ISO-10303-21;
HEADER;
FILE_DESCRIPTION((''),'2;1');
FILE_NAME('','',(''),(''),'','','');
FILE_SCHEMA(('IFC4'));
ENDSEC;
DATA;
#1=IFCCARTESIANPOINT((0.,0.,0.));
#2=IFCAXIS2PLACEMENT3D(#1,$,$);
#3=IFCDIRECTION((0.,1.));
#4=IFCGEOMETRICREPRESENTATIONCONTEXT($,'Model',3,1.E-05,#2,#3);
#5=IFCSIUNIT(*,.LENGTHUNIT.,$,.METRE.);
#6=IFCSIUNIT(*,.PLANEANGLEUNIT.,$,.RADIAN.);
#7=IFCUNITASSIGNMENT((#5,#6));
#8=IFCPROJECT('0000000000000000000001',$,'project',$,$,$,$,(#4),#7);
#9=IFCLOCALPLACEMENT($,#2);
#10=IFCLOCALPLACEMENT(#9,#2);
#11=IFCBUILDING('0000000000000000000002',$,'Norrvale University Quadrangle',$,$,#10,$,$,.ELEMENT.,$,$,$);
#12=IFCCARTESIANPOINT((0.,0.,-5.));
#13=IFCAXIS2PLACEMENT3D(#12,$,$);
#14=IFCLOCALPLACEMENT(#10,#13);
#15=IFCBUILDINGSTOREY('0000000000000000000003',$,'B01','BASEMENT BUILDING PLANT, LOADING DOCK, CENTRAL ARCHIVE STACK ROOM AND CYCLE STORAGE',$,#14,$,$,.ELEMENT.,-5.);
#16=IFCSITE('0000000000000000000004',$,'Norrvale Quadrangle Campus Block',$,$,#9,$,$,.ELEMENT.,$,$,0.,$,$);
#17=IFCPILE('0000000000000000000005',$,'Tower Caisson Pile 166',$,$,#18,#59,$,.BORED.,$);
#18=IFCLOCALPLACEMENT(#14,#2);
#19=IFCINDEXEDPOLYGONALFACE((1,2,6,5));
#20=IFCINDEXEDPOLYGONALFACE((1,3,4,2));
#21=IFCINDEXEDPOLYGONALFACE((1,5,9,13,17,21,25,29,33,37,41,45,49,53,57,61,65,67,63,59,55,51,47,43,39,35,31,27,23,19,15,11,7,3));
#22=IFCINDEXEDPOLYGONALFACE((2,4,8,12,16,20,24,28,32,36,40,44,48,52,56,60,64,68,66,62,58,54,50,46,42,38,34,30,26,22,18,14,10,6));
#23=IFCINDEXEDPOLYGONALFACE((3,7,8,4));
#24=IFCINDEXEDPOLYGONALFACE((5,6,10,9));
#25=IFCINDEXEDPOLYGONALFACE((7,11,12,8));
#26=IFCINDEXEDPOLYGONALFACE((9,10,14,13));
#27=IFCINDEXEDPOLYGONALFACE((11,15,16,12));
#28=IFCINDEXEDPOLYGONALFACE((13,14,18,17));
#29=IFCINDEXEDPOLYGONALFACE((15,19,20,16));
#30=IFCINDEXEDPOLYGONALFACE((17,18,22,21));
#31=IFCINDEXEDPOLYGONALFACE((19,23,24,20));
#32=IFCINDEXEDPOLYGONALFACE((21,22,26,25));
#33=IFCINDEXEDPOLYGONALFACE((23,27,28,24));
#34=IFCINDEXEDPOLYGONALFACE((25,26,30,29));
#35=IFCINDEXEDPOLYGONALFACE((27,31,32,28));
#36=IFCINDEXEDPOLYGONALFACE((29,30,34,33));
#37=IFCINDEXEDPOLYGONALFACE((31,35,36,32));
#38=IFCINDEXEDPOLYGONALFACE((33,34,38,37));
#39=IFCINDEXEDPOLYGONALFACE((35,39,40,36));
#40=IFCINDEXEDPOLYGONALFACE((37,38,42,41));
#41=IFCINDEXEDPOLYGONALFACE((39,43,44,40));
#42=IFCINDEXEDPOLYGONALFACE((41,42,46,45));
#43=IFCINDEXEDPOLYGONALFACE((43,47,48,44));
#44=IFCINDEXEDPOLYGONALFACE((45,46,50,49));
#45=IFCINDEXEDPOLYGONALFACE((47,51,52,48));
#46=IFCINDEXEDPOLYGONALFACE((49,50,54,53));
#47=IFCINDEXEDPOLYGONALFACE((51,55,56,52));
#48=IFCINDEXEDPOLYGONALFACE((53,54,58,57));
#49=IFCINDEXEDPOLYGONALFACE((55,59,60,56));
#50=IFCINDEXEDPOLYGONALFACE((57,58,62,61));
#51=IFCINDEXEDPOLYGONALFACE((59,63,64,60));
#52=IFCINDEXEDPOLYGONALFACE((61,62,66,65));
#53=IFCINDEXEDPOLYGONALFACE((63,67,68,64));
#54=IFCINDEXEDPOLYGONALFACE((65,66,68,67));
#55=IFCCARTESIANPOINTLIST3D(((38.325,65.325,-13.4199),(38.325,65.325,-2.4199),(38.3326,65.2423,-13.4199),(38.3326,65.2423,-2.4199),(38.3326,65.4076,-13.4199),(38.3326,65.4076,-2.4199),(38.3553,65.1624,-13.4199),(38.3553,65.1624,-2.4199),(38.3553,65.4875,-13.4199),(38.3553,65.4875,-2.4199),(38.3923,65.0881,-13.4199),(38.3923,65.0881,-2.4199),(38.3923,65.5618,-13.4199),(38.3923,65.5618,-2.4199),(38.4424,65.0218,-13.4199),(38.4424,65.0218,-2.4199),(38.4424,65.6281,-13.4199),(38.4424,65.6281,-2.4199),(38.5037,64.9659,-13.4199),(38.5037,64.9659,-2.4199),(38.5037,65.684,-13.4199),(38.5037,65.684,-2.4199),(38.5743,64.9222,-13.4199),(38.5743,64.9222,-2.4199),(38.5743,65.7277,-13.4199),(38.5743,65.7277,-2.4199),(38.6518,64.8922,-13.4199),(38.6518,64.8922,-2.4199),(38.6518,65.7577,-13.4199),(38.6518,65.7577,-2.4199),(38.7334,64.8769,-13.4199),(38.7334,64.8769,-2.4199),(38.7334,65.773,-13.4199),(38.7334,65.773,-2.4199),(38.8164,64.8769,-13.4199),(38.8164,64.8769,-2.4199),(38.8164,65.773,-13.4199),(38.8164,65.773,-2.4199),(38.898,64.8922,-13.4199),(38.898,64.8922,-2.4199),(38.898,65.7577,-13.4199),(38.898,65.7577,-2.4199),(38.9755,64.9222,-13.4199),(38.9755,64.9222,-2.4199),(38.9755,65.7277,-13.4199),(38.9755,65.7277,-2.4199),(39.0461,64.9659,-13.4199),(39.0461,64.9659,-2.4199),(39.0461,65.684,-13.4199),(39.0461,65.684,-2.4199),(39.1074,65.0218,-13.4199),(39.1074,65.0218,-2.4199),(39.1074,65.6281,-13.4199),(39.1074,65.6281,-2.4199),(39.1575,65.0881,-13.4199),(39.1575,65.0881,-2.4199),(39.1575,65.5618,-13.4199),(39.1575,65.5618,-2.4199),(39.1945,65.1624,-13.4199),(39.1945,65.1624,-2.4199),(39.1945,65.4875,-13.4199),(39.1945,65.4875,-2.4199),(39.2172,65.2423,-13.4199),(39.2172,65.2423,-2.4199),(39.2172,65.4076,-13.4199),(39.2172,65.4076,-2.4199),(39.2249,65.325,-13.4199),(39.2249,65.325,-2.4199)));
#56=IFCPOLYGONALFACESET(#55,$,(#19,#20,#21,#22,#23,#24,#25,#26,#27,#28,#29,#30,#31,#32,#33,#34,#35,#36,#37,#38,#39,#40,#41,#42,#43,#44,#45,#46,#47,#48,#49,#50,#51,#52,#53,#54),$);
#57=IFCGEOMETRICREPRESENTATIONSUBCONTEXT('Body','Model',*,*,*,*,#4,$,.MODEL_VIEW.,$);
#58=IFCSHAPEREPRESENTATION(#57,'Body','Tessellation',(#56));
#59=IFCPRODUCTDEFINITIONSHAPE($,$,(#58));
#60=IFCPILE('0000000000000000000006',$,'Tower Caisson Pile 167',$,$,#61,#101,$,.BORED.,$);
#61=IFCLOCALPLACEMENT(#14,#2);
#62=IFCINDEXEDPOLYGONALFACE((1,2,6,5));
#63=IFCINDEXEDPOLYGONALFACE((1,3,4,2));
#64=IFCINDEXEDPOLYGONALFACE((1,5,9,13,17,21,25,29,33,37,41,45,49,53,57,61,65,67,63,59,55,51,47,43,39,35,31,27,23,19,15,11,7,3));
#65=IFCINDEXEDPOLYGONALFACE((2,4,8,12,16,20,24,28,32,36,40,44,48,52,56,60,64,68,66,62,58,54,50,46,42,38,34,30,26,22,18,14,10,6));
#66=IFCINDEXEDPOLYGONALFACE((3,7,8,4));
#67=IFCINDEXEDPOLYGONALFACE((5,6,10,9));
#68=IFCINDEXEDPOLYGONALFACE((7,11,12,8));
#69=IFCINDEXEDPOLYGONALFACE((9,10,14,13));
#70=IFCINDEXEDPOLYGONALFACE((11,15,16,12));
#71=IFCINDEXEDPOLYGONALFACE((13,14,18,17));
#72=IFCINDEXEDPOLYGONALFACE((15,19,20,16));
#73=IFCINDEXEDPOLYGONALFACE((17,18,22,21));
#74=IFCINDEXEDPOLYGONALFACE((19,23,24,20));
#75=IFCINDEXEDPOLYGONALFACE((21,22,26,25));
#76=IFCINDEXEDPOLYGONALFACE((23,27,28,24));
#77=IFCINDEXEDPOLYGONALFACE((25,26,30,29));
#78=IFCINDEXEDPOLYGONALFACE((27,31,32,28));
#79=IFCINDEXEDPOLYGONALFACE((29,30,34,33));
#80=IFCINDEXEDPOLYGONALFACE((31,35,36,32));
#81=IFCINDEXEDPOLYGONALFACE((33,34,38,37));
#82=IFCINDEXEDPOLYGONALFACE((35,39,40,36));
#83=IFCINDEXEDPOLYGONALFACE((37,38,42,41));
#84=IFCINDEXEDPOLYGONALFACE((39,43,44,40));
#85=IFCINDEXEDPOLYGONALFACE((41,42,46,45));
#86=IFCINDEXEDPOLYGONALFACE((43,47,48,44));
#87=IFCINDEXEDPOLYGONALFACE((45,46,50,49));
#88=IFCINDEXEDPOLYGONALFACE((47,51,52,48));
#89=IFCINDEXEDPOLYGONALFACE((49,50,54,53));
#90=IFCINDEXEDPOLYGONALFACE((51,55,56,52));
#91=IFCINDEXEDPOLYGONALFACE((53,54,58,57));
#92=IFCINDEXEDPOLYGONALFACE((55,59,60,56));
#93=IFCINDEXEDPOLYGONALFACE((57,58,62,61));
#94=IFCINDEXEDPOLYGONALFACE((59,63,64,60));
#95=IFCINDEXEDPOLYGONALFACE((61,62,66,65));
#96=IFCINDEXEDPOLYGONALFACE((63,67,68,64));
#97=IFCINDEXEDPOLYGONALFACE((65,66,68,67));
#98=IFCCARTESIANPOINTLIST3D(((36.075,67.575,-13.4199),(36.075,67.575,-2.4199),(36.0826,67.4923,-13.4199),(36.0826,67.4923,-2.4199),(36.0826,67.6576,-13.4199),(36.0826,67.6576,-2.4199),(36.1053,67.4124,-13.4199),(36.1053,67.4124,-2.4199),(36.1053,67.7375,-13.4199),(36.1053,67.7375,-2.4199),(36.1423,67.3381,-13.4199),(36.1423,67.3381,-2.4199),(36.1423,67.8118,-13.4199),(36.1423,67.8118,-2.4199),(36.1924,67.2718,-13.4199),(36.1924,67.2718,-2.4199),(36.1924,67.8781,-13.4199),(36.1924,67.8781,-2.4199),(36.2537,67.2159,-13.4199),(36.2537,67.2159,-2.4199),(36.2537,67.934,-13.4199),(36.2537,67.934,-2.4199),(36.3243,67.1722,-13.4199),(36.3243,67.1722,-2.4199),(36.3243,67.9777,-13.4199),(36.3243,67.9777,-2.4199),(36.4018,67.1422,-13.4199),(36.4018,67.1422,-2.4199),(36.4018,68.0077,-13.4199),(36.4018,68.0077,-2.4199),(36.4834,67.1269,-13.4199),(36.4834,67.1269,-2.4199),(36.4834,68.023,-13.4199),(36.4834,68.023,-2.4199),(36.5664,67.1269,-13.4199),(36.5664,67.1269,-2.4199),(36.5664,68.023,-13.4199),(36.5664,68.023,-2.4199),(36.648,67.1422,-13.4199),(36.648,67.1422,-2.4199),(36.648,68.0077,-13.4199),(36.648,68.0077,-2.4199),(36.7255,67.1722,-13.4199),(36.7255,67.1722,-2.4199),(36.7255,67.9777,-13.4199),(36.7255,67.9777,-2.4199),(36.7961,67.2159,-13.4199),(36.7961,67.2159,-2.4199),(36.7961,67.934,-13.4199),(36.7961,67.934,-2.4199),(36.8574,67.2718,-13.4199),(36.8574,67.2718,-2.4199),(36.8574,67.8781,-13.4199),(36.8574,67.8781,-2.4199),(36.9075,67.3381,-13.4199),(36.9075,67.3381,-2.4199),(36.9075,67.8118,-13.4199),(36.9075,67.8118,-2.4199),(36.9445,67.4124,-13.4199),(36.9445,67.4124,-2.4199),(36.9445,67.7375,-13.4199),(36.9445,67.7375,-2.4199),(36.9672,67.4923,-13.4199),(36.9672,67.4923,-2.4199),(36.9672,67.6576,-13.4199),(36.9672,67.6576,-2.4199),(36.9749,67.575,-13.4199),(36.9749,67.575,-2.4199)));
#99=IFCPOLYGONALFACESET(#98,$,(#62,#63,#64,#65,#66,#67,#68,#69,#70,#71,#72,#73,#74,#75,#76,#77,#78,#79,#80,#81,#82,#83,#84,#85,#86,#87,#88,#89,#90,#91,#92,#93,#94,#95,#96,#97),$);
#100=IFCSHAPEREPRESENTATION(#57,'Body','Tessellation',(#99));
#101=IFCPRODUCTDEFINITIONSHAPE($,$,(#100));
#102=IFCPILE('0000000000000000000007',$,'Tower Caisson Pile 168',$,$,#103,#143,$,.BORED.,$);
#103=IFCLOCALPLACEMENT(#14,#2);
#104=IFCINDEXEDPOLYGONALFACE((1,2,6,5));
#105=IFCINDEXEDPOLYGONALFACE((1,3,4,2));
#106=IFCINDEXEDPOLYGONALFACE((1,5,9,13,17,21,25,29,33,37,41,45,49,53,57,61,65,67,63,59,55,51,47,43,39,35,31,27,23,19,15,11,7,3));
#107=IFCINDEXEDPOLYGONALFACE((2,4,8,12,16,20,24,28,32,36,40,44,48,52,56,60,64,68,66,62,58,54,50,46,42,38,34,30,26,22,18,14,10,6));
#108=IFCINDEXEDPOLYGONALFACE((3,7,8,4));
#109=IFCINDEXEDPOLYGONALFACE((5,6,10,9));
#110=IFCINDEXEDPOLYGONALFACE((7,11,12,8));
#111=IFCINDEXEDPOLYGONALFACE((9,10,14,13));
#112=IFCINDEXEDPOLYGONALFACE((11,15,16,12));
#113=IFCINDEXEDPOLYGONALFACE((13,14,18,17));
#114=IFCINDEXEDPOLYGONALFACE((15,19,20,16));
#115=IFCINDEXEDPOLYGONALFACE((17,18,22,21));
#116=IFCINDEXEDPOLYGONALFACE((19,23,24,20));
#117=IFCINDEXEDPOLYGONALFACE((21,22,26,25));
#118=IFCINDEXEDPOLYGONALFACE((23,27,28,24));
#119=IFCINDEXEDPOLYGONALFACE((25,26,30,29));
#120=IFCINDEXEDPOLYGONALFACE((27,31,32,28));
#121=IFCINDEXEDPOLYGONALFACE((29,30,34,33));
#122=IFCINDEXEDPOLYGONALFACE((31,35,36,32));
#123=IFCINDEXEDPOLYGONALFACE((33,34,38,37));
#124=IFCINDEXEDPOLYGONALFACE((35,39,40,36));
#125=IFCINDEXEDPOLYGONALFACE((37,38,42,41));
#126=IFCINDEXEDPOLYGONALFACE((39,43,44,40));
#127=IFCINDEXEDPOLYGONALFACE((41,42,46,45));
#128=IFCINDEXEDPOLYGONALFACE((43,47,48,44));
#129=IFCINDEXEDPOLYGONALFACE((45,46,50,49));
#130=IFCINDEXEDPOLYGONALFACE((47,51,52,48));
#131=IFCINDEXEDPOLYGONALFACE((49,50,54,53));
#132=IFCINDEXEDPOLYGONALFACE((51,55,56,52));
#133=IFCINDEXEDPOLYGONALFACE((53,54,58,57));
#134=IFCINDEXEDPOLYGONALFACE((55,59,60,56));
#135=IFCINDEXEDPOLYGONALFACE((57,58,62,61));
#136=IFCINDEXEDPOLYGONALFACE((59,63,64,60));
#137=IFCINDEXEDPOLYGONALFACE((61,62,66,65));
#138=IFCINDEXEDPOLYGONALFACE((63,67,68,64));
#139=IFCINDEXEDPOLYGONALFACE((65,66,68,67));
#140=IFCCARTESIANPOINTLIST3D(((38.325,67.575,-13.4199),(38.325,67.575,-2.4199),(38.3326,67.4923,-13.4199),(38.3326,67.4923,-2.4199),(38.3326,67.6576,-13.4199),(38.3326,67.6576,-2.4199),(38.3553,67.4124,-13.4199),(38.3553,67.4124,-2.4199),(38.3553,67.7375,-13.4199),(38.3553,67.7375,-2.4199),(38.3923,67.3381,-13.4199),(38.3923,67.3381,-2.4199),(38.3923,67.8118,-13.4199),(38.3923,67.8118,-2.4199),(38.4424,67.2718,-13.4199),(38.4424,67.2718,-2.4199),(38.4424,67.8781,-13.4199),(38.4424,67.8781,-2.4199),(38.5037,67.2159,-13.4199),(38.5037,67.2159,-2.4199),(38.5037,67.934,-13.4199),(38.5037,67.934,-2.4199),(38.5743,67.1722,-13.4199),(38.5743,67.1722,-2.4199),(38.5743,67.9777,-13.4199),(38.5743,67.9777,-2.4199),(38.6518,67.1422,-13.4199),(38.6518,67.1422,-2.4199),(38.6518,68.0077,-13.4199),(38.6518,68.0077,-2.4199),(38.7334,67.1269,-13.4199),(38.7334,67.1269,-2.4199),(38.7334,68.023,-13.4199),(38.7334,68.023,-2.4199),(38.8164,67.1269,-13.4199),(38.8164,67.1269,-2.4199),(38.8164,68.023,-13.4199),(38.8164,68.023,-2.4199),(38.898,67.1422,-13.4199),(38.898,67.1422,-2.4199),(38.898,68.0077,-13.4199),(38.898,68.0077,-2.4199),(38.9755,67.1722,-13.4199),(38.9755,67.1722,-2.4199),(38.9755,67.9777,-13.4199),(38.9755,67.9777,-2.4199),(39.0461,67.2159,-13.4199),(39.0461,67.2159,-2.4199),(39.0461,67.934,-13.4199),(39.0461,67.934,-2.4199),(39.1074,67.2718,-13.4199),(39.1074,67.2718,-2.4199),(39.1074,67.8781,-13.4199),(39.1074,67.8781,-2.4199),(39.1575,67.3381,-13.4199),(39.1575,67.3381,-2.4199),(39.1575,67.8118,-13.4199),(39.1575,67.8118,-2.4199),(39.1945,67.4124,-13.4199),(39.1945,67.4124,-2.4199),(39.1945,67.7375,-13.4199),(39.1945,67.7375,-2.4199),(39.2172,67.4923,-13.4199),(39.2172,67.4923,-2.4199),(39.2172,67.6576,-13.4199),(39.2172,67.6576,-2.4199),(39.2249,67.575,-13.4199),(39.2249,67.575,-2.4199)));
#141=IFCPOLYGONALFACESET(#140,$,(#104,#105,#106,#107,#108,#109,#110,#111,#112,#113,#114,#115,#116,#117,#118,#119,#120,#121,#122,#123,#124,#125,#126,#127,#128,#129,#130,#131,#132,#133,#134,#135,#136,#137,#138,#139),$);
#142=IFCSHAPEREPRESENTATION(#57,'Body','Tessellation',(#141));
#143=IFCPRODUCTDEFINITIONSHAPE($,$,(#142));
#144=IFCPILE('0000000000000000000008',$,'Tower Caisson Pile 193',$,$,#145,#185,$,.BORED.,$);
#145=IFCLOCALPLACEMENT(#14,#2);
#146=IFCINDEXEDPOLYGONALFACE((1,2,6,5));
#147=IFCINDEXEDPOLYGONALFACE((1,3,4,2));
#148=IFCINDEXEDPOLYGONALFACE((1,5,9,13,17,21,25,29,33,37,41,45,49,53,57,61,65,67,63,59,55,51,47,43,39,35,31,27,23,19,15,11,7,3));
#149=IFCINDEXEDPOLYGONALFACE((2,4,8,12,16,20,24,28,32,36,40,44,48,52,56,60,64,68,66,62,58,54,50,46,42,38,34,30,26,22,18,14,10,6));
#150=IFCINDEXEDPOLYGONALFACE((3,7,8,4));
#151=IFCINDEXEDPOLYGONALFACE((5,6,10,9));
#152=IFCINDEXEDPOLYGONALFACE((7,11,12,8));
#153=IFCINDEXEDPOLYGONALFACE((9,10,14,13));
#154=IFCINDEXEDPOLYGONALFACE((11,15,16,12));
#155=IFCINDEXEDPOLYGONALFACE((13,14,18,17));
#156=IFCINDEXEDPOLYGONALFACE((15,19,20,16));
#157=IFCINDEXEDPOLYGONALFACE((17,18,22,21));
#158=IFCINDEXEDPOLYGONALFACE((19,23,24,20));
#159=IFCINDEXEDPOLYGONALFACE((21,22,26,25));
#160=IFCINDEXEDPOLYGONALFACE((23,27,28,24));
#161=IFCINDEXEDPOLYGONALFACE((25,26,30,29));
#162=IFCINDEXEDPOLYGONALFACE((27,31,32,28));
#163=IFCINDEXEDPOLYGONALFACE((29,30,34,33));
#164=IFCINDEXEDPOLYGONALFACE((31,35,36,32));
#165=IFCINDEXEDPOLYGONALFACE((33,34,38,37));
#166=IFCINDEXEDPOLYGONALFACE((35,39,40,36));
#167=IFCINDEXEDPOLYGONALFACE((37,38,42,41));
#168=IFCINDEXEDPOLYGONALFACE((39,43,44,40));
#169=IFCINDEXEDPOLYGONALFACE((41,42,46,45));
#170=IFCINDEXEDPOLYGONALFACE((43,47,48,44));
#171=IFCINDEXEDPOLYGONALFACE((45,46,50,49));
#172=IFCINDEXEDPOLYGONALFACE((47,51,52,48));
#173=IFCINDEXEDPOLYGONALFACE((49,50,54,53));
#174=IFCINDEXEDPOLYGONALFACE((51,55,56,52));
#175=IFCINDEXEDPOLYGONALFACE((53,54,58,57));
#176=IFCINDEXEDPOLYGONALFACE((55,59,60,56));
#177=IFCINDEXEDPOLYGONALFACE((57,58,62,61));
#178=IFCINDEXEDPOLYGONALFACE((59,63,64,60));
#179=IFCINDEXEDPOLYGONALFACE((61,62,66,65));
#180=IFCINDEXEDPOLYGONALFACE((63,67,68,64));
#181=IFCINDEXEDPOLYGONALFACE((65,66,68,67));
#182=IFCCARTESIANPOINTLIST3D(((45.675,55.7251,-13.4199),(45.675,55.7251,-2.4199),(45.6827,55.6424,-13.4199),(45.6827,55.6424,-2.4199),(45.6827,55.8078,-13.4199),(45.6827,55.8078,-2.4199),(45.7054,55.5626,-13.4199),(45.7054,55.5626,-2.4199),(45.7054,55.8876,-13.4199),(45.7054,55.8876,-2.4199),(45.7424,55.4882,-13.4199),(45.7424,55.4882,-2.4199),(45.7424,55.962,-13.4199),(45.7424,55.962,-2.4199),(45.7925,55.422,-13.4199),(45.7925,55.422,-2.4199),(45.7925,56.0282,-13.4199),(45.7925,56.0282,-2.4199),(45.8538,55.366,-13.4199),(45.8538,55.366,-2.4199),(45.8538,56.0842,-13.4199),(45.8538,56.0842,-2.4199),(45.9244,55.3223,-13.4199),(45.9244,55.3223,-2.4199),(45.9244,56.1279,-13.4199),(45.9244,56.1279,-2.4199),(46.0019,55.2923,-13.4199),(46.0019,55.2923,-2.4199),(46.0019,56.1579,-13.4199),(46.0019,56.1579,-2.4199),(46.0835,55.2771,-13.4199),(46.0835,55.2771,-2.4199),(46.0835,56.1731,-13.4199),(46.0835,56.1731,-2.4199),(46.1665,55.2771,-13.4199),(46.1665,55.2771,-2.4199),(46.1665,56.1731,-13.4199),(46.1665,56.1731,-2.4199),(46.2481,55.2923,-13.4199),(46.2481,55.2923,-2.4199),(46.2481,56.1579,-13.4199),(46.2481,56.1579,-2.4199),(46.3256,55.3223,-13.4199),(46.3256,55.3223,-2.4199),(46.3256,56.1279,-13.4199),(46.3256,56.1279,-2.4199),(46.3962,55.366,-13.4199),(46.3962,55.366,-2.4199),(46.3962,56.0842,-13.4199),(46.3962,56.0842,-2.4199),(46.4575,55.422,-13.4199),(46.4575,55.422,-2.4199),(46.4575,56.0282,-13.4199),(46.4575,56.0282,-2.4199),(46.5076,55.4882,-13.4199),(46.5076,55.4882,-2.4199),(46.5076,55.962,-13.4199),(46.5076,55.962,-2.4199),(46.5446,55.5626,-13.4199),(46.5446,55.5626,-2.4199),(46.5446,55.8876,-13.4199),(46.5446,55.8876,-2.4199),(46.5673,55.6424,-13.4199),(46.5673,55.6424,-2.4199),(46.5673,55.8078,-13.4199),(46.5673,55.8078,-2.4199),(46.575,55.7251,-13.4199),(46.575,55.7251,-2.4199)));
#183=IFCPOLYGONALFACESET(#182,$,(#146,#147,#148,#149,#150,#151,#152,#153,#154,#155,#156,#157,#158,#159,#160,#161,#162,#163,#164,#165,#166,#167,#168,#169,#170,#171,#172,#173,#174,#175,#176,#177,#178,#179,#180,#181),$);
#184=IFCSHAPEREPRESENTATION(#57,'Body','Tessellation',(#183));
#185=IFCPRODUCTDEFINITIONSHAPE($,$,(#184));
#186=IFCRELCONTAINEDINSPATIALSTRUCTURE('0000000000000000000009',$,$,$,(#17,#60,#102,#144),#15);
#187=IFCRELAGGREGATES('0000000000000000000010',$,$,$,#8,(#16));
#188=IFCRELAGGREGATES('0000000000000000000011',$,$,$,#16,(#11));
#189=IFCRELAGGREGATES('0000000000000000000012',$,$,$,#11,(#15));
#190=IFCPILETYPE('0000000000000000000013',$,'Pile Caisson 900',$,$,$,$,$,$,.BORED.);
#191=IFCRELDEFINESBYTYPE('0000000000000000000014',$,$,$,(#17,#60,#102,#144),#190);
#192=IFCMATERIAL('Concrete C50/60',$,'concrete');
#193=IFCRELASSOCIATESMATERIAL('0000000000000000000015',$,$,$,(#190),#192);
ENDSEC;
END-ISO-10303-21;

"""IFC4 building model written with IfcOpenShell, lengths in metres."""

from ifc_helpers import new_model, si_unit, direction, frame, origin, origin_2d, place, context, subcontext, project, spatial, circle, extrude, material, material_profile, profile_set, type_object, element, save


model = new_model("IFC4")

# Units and contexts
model_context = context("Model", 3, precision=1e-05, world=origin(), true_north=direction((0.0, 1.0)))
body_context = subcontext(model_context, "Body", "Model", "MODEL_VIEW")
ifc_project = project(units=[si_unit("LENGTHUNIT", "METRE"), si_unit("PLANEANGLEUNIT", "RADIAN")], contexts=[model_context])

# Site, building, storey
site_placement = place(None, origin())
site = spatial("IfcSite", under=ifc_project, at=site_placement, Name="Norrvale Quadrangle Campus Block", CompositionType="ELEMENT", RefElevation=0.0)
building_placement = place(site_placement, origin())
building = spatial("IfcBuilding", under=site, at=building_placement, Name="Norrvale University Quadrangle", CompositionType="ELEMENT")
storey_placement = place(building_placement, frame((0.0, 0.0, -5.0)))
storey = spatial("IfcBuildingStorey", under=building, at=storey_placement, Name="B01", Description="BASEMENT BUILDING PLANT, LOADING DOCK, CENTRAL ARCHIVE STACK ROOM AND CYCLE STORAGE", CompositionType="ELEMENT", Elevation=-5.0)

# Shared definitions
ifc_material_1 = material(Name="Concrete C50/60", Category="concrete")

# Piles
ifc_material_profile_1 = material_profile(ifc_material_1, circle(Radius=0.45, at=origin_2d()), Name="Concrete C50/60")
ifc_profile_set_1 = profile_set([ifc_material_profile_1], Name="Concrete C50/60")
pile_type_1 = type_object("IfcPileType", Name="Pile Caisson 900", PredefinedType="BORED", material=ifc_profile_set_1)
for number, where, z_axis, x_axis, name in (
    (1, (38.7749, 65.325, -2.4199), (0.0, 0.0, -1.0), (1.0, 0.0, 0.0), "Tower Caisson Pile 166"),
    (2, (36.5249, 67.575, -2.4199), (0.0, 0.0, -1.0), (1.0, 0.0, 0.0), "Tower Caisson Pile 167"),
    (3, (38.7749, 67.575, -2.4199), (0.0, 0.0, -1.0), (1.0, 0.0, 0.0), "Tower Caisson Pile 168"),
    (4, (46.125, 55.7251, -2.4199), (0.0, 0.0, -1.0), (1.0, 0.0, 0.0), "Tower Caisson Pile 193"),
):
    element("IfcPile", number, at=place(storey_placement, frame(where, z_axis=z_axis, x_axis=x_axis)), inside=storey, type_object=pile_type_1, Name=name, PredefinedType="BORED", context=body_context, shape_type="SweptSolid", body=[
        extrude(circle(Radius=0.45, at=origin_2d()), origin(), (0.0, 0.0, 1.0), 11.0),
    ])

save(model, "model.ifc")
